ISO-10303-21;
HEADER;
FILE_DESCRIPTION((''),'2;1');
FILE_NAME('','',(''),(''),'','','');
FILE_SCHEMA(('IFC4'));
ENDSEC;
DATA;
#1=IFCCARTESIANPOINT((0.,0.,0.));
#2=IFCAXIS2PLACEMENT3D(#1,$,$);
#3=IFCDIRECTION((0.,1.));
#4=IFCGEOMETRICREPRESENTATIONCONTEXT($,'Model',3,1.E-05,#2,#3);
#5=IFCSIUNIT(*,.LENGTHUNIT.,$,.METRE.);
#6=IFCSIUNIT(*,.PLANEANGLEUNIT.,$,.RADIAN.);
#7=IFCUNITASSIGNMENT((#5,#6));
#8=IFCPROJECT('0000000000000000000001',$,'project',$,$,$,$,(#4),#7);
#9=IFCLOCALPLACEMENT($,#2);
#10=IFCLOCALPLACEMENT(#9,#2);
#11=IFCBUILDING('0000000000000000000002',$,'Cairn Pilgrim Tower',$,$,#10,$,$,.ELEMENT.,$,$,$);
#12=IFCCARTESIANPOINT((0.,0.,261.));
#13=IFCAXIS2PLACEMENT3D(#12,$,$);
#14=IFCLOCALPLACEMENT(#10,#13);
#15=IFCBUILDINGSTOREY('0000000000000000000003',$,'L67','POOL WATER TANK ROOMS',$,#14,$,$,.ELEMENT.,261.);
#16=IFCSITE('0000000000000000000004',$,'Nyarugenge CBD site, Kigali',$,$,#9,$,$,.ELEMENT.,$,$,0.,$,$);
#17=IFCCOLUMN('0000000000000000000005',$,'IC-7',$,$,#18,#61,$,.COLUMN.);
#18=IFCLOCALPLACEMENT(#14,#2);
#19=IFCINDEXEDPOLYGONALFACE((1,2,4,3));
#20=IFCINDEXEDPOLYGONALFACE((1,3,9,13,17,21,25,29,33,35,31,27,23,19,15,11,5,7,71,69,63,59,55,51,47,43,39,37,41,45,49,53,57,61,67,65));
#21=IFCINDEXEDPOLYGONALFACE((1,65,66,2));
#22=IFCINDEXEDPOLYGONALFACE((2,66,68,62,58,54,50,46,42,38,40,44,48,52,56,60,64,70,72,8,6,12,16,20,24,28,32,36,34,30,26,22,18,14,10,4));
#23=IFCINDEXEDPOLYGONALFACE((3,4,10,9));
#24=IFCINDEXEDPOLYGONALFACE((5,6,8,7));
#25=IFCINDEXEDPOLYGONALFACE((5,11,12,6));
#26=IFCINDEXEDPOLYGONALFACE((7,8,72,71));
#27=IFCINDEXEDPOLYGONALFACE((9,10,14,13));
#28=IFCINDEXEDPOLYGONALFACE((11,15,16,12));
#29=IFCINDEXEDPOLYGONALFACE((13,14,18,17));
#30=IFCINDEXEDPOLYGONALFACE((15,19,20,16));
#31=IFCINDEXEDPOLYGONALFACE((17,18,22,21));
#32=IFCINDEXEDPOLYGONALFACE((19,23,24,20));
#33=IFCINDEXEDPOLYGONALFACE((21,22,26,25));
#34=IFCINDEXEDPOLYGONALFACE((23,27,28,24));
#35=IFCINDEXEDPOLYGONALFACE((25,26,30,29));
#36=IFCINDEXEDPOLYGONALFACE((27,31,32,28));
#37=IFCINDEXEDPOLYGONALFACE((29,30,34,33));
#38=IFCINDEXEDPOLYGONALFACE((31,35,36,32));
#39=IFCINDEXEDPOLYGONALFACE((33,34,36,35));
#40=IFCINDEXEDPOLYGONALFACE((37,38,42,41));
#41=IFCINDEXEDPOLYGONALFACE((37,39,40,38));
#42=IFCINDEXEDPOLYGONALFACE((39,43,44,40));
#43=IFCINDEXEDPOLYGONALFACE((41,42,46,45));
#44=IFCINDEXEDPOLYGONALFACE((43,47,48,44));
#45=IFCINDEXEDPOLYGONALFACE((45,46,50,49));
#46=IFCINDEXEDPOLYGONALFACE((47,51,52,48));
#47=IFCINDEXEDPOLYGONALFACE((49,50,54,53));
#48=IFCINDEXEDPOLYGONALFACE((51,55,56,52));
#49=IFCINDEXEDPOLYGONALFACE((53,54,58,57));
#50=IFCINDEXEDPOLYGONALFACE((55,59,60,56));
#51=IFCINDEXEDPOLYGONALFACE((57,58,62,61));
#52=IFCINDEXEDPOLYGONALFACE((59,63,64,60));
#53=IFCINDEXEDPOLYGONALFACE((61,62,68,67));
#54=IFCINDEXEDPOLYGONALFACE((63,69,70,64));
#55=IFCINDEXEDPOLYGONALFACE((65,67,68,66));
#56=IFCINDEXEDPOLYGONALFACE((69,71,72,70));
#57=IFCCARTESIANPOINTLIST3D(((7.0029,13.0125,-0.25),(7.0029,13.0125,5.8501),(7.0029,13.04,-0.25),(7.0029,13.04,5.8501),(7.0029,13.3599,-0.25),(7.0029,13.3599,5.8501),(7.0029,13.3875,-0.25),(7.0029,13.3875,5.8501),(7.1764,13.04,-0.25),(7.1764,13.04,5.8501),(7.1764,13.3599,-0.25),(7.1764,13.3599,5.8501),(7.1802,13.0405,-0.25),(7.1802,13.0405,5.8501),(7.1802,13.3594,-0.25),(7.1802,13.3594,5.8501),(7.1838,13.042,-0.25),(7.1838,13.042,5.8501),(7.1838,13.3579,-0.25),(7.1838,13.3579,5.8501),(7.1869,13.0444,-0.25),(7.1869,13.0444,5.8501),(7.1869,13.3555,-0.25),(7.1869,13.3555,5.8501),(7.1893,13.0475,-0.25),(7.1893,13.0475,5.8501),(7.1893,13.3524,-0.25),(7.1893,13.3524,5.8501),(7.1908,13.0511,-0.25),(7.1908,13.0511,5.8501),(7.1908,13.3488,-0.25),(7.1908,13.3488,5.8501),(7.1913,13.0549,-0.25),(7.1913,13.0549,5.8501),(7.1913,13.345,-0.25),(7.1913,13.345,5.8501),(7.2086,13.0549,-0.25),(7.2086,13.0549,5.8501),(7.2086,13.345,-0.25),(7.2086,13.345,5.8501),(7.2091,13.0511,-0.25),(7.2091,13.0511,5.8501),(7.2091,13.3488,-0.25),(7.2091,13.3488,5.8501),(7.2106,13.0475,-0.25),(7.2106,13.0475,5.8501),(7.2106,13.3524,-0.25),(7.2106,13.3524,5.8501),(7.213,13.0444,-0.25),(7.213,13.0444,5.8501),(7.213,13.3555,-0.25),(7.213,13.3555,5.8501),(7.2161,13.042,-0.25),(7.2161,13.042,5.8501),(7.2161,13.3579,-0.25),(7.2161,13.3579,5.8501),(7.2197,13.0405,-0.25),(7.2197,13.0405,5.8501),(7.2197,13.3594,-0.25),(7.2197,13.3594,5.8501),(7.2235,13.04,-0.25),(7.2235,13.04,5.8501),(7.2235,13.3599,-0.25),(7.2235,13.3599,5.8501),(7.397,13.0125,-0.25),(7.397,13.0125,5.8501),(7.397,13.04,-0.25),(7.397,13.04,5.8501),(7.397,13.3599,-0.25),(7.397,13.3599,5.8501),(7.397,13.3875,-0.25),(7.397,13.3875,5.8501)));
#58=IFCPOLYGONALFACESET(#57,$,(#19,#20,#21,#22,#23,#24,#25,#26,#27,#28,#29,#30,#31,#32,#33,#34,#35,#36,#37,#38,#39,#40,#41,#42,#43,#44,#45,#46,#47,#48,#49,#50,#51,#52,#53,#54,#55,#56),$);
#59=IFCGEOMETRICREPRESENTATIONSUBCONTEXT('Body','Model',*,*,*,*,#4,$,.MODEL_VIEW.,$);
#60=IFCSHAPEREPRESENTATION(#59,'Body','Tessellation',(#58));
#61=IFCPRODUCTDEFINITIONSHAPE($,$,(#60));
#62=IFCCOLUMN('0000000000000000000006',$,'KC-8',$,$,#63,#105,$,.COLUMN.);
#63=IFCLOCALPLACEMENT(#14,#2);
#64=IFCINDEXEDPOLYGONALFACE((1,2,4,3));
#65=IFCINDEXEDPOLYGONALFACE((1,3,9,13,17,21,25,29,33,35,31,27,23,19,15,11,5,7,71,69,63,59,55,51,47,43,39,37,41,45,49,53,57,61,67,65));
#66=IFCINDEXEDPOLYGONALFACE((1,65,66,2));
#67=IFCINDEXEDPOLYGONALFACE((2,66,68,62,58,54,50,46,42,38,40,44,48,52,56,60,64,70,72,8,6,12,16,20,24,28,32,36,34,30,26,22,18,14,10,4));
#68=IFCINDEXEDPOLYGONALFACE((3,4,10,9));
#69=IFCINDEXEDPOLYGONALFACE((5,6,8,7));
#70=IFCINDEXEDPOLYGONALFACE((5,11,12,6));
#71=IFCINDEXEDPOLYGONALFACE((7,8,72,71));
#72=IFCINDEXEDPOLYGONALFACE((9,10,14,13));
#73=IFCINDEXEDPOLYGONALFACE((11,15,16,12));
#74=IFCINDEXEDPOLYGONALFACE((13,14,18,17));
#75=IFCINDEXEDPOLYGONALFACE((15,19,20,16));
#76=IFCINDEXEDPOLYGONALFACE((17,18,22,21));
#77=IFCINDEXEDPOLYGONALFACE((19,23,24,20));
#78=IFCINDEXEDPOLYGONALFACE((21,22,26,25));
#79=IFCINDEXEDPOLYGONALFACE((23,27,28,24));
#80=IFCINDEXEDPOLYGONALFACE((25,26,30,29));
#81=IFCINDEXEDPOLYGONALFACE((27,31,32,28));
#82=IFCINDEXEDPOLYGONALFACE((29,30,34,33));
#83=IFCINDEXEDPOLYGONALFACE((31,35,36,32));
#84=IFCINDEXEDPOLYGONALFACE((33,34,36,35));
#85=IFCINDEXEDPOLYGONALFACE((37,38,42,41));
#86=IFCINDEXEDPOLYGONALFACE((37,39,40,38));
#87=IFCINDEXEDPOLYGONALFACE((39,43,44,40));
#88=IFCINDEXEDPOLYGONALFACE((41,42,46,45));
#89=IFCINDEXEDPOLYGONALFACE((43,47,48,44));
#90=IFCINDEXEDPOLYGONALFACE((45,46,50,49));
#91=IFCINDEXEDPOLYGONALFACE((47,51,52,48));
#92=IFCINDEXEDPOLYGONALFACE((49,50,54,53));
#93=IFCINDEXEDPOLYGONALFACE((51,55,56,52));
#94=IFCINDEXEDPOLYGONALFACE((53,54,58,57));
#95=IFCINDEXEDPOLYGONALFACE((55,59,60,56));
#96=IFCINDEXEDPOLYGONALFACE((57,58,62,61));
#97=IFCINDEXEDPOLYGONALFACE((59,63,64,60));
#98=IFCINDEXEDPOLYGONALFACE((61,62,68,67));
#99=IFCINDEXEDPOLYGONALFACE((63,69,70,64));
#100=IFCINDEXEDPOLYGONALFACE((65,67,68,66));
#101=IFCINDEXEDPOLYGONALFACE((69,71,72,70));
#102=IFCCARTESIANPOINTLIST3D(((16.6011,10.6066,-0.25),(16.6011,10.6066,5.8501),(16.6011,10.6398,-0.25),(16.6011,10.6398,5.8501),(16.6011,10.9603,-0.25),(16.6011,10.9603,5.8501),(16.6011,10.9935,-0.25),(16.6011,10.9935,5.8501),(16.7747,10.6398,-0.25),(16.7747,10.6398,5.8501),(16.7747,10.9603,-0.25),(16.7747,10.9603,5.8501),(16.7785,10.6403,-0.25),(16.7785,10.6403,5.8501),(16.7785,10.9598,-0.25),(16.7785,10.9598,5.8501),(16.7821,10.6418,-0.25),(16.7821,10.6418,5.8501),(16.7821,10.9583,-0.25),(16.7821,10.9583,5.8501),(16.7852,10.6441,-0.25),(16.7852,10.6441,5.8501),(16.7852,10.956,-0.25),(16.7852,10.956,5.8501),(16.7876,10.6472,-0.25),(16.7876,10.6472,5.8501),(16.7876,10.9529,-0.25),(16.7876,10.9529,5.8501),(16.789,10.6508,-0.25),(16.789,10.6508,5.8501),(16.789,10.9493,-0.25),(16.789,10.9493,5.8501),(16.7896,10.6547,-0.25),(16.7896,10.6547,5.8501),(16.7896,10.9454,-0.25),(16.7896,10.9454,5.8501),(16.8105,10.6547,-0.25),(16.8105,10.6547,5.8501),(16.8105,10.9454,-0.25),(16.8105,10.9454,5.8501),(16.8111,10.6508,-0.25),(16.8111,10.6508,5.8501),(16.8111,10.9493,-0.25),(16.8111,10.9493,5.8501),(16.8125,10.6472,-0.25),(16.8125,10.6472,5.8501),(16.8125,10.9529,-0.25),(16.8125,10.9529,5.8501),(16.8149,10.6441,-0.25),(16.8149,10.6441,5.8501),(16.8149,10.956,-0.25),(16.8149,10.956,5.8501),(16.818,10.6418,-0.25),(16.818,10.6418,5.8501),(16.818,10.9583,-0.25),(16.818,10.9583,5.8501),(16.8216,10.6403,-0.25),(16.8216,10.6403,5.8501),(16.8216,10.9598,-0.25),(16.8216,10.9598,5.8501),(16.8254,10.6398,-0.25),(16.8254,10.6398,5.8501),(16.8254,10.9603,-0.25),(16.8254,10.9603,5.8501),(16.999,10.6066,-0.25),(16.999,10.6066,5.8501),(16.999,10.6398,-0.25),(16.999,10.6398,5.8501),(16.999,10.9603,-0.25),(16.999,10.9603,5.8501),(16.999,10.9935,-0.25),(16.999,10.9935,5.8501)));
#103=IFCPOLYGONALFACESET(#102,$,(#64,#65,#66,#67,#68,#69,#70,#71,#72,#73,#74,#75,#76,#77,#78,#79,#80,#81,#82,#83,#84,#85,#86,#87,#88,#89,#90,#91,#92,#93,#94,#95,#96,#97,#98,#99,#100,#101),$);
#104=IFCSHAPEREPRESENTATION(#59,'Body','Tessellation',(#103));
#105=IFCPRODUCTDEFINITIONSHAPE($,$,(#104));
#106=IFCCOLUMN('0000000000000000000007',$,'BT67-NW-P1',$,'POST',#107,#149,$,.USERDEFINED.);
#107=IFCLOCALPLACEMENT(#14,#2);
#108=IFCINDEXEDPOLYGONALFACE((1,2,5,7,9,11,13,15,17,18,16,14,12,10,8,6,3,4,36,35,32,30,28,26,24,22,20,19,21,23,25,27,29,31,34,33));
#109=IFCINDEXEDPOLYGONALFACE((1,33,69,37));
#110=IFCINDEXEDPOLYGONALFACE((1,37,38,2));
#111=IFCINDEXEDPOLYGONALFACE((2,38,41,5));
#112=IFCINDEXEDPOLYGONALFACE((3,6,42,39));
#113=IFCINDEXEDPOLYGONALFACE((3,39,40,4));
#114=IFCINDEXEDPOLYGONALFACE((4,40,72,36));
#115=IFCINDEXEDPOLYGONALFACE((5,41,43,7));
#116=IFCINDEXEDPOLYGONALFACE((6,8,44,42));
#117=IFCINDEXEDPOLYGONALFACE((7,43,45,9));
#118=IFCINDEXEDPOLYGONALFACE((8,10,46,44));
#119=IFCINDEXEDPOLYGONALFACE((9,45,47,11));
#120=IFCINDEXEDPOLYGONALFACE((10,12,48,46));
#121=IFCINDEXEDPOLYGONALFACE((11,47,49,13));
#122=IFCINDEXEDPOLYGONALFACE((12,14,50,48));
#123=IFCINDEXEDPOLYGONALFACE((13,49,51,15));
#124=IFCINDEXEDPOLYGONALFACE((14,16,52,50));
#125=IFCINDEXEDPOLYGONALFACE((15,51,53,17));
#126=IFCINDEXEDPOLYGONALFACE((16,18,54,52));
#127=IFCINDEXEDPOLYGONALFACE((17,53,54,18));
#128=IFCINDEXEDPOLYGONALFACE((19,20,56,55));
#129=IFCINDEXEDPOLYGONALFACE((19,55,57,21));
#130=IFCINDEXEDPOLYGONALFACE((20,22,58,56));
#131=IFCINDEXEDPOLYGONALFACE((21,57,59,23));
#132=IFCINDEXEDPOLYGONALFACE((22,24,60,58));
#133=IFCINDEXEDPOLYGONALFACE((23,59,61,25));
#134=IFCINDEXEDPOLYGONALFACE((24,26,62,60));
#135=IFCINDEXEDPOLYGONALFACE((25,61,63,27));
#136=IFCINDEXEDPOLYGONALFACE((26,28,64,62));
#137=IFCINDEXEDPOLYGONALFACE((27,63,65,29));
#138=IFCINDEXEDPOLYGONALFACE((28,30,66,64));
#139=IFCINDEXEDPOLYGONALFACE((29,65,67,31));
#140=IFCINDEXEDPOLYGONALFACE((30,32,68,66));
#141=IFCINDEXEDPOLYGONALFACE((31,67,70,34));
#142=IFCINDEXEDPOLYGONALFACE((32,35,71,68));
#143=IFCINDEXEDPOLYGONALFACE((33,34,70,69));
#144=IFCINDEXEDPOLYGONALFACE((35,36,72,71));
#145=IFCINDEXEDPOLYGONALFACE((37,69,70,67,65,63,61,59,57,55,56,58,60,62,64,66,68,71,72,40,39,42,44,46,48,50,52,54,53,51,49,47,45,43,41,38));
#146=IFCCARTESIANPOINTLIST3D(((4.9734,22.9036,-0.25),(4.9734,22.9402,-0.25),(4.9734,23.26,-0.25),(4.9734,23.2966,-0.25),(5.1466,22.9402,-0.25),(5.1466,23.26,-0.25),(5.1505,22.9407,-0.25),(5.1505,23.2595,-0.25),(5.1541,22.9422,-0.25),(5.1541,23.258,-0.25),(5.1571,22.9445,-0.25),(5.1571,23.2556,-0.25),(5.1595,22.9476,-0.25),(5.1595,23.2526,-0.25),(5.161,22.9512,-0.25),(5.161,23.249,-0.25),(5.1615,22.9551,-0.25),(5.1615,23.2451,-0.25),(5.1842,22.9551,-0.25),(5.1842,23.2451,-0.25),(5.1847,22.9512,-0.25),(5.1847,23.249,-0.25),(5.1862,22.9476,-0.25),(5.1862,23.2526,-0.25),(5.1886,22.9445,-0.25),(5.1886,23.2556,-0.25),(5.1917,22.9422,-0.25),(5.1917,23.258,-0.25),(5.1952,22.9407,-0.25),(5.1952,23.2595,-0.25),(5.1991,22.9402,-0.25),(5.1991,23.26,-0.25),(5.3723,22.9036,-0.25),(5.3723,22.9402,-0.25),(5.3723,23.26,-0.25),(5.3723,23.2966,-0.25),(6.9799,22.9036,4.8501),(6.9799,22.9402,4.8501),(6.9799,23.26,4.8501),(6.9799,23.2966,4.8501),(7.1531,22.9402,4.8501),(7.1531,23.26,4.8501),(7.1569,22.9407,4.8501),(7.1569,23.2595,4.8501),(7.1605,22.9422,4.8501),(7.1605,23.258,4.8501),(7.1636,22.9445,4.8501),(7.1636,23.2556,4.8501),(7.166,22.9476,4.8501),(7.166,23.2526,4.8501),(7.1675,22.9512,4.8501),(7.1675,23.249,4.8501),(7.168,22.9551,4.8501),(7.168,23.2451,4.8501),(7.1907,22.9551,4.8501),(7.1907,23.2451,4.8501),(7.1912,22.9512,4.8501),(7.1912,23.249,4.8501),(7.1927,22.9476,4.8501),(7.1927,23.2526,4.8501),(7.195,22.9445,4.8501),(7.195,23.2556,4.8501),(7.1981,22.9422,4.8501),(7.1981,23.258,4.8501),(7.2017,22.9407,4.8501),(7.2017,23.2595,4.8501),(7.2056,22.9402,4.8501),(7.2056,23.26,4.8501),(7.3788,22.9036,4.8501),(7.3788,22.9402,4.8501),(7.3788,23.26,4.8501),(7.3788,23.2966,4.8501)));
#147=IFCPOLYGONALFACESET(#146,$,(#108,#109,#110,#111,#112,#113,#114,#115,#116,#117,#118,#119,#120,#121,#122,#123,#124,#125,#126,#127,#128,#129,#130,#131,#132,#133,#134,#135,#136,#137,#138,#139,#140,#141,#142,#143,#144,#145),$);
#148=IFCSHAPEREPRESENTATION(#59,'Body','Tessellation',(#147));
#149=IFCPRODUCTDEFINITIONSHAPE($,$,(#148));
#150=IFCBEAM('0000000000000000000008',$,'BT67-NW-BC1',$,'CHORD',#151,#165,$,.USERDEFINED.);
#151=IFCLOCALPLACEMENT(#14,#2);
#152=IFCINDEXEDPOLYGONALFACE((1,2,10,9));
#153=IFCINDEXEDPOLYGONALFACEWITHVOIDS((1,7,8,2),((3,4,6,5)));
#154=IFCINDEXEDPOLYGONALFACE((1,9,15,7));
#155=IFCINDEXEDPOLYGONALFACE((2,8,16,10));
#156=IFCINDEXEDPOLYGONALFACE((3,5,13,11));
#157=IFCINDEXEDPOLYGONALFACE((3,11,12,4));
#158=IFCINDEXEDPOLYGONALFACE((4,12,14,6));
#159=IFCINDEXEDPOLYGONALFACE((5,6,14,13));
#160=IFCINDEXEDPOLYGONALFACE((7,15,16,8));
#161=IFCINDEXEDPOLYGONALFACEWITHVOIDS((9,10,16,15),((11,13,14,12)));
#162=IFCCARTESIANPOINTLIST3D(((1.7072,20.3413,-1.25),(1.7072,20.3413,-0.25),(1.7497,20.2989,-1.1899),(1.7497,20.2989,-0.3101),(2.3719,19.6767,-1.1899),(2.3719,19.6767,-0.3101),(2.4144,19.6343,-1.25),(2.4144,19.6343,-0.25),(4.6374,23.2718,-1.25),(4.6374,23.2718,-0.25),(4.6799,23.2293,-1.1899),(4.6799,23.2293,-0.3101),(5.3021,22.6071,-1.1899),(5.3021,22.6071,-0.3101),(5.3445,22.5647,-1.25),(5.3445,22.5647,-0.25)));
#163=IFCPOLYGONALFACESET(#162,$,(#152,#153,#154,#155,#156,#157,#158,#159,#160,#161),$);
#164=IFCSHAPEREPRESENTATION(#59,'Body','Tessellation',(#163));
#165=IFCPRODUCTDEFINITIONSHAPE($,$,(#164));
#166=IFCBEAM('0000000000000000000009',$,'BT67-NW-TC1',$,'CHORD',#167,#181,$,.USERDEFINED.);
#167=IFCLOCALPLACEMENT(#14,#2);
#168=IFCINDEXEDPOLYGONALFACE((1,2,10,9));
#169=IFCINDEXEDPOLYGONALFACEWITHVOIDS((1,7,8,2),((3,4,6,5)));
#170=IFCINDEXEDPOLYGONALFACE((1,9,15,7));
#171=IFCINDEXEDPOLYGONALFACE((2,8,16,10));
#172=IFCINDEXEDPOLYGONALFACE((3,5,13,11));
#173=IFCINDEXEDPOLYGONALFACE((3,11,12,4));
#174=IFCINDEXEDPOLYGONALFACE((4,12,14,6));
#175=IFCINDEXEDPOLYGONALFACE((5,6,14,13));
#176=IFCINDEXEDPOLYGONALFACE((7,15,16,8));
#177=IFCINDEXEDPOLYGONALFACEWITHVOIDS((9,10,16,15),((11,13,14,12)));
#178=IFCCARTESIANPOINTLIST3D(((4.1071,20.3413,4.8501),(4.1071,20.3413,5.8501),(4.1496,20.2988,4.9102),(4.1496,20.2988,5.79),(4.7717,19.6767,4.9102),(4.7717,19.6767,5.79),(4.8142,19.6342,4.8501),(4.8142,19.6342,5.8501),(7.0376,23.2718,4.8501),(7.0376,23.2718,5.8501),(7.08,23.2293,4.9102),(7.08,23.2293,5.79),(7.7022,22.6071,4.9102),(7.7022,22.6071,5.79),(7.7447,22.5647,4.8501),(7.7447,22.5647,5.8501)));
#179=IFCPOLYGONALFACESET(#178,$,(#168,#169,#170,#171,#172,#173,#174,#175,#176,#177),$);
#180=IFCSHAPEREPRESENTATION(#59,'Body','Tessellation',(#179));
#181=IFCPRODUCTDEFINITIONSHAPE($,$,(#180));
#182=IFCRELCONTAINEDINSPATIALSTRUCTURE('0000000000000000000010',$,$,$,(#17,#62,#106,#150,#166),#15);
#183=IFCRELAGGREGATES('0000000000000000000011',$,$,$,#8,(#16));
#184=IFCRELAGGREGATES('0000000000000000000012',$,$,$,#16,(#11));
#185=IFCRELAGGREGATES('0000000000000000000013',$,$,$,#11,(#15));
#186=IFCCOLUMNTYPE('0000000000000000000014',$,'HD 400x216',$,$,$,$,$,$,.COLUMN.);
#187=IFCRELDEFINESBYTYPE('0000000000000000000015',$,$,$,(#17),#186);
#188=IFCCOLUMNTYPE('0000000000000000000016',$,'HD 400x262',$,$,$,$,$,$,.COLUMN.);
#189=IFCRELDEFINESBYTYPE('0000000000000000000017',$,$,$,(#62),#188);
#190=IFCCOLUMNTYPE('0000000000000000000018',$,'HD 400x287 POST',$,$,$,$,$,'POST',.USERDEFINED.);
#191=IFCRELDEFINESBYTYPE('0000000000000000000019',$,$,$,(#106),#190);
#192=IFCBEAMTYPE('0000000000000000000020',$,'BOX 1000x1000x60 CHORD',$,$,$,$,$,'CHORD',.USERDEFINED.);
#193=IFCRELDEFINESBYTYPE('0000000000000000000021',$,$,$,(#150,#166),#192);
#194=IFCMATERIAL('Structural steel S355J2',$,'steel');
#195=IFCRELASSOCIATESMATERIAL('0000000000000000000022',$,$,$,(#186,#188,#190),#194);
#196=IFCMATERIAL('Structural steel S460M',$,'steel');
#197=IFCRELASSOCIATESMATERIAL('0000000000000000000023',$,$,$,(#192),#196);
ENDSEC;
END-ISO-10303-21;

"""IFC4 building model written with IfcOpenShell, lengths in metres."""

from ifc_helpers import new_model, si_unit, direction, frame, origin, origin_2d, place, context, subcontext, project, spatial, hollow_rectangle, i_section, extrude, clip, halfspace, material, material_profile, profile_set, type_object, element, save


model = new_model("IFC4")

# Units and contexts
model_context = context("Model", 3, precision=1e-05, world=origin(), true_north=direction((0.0, 1.0)))
body_context = subcontext(model_context, "Body", "Model", "MODEL_VIEW")
ifc_project = project(units=[si_unit("LENGTHUNIT", "METRE"), si_unit("PLANEANGLEUNIT", "RADIAN")], contexts=[model_context])

# Site, building, storey
site_placement = place(None, origin())
site = spatial("IfcSite", under=ifc_project, at=site_placement, Name="Nyarugenge CBD site, Kigali", CompositionType="ELEMENT", RefElevation=0.0)
building_placement = place(site_placement, origin())
building = spatial("IfcBuilding", under=site, at=building_placement, Name="Cairn Pilgrim Tower", CompositionType="ELEMENT")
storey_placement = place(building_placement, frame((0.0, 0.0, 261.0)))
storey = spatial("IfcBuildingStorey", under=building, at=storey_placement, Name="L67", Description="POOL WATER TANK ROOMS", CompositionType="ELEMENT", Elevation=261.0)

# Columns
ifc_material_1 = material(Name="Structural steel S355J2", Category="steel")
ifc_material_profile_1 = material_profile(ifc_material_1, i_section(OverallWidth=0.394, OverallDepth=0.375, WebThickness=0.0173, FlangeThickness=0.0276, FilletRadius=0.0149, at=origin_2d()), Name="HD 400x216")
ifc_profile_set_1 = profile_set([ifc_material_profile_1], Name="Structural steel S355J2")
column_type_1 = type_object("IfcColumnType", Name="HD 400x216", PredefinedType="COLUMN", material=ifc_profile_set_1)
column_1_placement = place(storey_placement, frame((7.2, 13.2, -0.25), z_axis=(0.0, 0.0, 1.0), x_axis=(1.0, 0.0, 0.0)))
element("IfcColumn", 1, at=column_1_placement, inside=storey, type_object=column_type_1, Name="IC-7", PredefinedType="COLUMN", context=body_context, shape_type="SweptSolid", body=[
    extrude(i_section(OverallWidth=0.394, OverallDepth=0.375, WebThickness=0.0173, FlangeThickness=0.0276, FilletRadius=0.0149, at=origin_2d()), origin(), (0.0, 0.0, 1.0), 6.1001),
])
ifc_material_profile_2 = material_profile(ifc_material_1, i_section(OverallWidth=0.3979, OverallDepth=0.387, WebThickness=0.021, FlangeThickness=0.0332, FilletRadius=0.0149, at=origin_2d()), Name="HD 400x262")
ifc_profile_set_2 = profile_set([ifc_material_profile_2], Name="Structural steel S355J2")
column_type_2 = type_object("IfcColumnType", Name="HD 400x262", PredefinedType="COLUMN", material=ifc_profile_set_2)
column_2_placement = place(storey_placement, frame((16.8, 10.8, -0.25), z_axis=(0.0, 0.0, 1.0), x_axis=(1.0, 0.0, 0.0)))
element("IfcColumn", 2, at=column_2_placement, inside=storey, type_object=column_type_2, Name="KC-8", PredefinedType="COLUMN", context=body_context, shape_type="SweptSolid", body=[
    extrude(i_section(OverallWidth=0.3979, OverallDepth=0.387, WebThickness=0.021, FlangeThickness=0.0332, FilletRadius=0.0149, at=origin_2d()), origin(), (0.0, 0.0, 1.0), 6.1001),
])
ifc_material_profile_3 = material_profile(ifc_material_1, i_section(OverallWidth=0.3989, OverallDepth=0.3931, WebThickness=0.0227, FlangeThickness=0.0366, FilletRadius=0.0149, at=origin_2d()), Name="HD 400x287")
ifc_profile_set_3 = profile_set([ifc_material_profile_3], Name="Structural steel S355J2")
column_type_3 = type_object("IfcColumnType", Name="HD 400x287 POST", ElementType="POST", PredefinedType="USERDEFINED", material=ifc_profile_set_3)
column_3_placement = place(storey_placement, frame((5.1729, 23.1001, -0.25), z_axis=(0.0, 0.0, 1.0), x_axis=(1.0, 0.0, 0.0)))
element("IfcColumn", 3, at=column_3_placement, inside=storey, type_object=column_type_3, Name="BT67-NW-P1", ObjectType="POST", PredefinedType="USERDEFINED", context=body_context, shape_type="Clipping", body=[
    clip(extrude(i_section(OverallWidth=0.3989, OverallDepth=0.3931, WebThickness=0.0227, FlangeThickness=0.0366, FilletRadius=0.0149, at=origin_2d()), origin(), (0.366106, 0.0, 0.930573), 6.5552), halfspace(frame((0.0, 0.0, 5.1001), z_axis=(0.0, 0.0, 1.0), x_axis=(1.0, 0.0, 0.0)), False)),
])

# Beams
ifc_material_2 = material(Name="Structural steel S460M", Category="steel")
ifc_material_profile_4 = material_profile(ifc_material_2, hollow_rectangle(XDim=1.0, YDim=1.0, WallThickness=0.0601, at=origin_2d()), Name="BOX 1000x1000x60")
ifc_profile_set_4 = profile_set([ifc_material_profile_4], Name="Structural steel S460M")
beam_type_1 = type_object("IfcBeamType", Name="BOX 1000x1000x60 CHORD", ElementType="CHORD", PredefinedType="USERDEFINED", material=ifc_profile_set_4)
beam_1_placement = place(storey_placement, frame((4.991, 22.9182, -0.75), z_axis=(-0.707077, -0.707136, 0.0), x_axis=(0.707136, -0.707077, 0.0)))
element("IfcBeam", 4, at=beam_1_placement, inside=storey, type_object=beam_type_1, Name="BT67-NW-BC1", ObjectType="CHORD", PredefinedType="USERDEFINED", context=body_context, shape_type="SweptSolid", body=[
    extrude(hollow_rectangle(XDim=1.0, YDim=1.0, WallThickness=0.0601, at=origin_2d()), origin(), (0.0, 0.0, 1.0), 4.144),
])
beam_2_placement = place(storey_placement, frame((7.3911, 22.9182, 5.3501), z_axis=(-0.707107, -0.707107, 0.0), x_axis=(0.707107, -0.707107, 0.0)))
element("IfcBeam", 5, at=beam_2_placement, inside=storey, type_object=beam_type_1, Name="BT67-NW-TC1", ObjectType="CHORD", PredefinedType="USERDEFINED", context=body_context, shape_type="SweptSolid", body=[
    extrude(hollow_rectangle(XDim=1.0, YDim=1.0, WallThickness=0.0601, at=origin_2d()), origin(), (0.0, 0.0, 1.0), 4.1443),
])

save(model, "model.ifc")
